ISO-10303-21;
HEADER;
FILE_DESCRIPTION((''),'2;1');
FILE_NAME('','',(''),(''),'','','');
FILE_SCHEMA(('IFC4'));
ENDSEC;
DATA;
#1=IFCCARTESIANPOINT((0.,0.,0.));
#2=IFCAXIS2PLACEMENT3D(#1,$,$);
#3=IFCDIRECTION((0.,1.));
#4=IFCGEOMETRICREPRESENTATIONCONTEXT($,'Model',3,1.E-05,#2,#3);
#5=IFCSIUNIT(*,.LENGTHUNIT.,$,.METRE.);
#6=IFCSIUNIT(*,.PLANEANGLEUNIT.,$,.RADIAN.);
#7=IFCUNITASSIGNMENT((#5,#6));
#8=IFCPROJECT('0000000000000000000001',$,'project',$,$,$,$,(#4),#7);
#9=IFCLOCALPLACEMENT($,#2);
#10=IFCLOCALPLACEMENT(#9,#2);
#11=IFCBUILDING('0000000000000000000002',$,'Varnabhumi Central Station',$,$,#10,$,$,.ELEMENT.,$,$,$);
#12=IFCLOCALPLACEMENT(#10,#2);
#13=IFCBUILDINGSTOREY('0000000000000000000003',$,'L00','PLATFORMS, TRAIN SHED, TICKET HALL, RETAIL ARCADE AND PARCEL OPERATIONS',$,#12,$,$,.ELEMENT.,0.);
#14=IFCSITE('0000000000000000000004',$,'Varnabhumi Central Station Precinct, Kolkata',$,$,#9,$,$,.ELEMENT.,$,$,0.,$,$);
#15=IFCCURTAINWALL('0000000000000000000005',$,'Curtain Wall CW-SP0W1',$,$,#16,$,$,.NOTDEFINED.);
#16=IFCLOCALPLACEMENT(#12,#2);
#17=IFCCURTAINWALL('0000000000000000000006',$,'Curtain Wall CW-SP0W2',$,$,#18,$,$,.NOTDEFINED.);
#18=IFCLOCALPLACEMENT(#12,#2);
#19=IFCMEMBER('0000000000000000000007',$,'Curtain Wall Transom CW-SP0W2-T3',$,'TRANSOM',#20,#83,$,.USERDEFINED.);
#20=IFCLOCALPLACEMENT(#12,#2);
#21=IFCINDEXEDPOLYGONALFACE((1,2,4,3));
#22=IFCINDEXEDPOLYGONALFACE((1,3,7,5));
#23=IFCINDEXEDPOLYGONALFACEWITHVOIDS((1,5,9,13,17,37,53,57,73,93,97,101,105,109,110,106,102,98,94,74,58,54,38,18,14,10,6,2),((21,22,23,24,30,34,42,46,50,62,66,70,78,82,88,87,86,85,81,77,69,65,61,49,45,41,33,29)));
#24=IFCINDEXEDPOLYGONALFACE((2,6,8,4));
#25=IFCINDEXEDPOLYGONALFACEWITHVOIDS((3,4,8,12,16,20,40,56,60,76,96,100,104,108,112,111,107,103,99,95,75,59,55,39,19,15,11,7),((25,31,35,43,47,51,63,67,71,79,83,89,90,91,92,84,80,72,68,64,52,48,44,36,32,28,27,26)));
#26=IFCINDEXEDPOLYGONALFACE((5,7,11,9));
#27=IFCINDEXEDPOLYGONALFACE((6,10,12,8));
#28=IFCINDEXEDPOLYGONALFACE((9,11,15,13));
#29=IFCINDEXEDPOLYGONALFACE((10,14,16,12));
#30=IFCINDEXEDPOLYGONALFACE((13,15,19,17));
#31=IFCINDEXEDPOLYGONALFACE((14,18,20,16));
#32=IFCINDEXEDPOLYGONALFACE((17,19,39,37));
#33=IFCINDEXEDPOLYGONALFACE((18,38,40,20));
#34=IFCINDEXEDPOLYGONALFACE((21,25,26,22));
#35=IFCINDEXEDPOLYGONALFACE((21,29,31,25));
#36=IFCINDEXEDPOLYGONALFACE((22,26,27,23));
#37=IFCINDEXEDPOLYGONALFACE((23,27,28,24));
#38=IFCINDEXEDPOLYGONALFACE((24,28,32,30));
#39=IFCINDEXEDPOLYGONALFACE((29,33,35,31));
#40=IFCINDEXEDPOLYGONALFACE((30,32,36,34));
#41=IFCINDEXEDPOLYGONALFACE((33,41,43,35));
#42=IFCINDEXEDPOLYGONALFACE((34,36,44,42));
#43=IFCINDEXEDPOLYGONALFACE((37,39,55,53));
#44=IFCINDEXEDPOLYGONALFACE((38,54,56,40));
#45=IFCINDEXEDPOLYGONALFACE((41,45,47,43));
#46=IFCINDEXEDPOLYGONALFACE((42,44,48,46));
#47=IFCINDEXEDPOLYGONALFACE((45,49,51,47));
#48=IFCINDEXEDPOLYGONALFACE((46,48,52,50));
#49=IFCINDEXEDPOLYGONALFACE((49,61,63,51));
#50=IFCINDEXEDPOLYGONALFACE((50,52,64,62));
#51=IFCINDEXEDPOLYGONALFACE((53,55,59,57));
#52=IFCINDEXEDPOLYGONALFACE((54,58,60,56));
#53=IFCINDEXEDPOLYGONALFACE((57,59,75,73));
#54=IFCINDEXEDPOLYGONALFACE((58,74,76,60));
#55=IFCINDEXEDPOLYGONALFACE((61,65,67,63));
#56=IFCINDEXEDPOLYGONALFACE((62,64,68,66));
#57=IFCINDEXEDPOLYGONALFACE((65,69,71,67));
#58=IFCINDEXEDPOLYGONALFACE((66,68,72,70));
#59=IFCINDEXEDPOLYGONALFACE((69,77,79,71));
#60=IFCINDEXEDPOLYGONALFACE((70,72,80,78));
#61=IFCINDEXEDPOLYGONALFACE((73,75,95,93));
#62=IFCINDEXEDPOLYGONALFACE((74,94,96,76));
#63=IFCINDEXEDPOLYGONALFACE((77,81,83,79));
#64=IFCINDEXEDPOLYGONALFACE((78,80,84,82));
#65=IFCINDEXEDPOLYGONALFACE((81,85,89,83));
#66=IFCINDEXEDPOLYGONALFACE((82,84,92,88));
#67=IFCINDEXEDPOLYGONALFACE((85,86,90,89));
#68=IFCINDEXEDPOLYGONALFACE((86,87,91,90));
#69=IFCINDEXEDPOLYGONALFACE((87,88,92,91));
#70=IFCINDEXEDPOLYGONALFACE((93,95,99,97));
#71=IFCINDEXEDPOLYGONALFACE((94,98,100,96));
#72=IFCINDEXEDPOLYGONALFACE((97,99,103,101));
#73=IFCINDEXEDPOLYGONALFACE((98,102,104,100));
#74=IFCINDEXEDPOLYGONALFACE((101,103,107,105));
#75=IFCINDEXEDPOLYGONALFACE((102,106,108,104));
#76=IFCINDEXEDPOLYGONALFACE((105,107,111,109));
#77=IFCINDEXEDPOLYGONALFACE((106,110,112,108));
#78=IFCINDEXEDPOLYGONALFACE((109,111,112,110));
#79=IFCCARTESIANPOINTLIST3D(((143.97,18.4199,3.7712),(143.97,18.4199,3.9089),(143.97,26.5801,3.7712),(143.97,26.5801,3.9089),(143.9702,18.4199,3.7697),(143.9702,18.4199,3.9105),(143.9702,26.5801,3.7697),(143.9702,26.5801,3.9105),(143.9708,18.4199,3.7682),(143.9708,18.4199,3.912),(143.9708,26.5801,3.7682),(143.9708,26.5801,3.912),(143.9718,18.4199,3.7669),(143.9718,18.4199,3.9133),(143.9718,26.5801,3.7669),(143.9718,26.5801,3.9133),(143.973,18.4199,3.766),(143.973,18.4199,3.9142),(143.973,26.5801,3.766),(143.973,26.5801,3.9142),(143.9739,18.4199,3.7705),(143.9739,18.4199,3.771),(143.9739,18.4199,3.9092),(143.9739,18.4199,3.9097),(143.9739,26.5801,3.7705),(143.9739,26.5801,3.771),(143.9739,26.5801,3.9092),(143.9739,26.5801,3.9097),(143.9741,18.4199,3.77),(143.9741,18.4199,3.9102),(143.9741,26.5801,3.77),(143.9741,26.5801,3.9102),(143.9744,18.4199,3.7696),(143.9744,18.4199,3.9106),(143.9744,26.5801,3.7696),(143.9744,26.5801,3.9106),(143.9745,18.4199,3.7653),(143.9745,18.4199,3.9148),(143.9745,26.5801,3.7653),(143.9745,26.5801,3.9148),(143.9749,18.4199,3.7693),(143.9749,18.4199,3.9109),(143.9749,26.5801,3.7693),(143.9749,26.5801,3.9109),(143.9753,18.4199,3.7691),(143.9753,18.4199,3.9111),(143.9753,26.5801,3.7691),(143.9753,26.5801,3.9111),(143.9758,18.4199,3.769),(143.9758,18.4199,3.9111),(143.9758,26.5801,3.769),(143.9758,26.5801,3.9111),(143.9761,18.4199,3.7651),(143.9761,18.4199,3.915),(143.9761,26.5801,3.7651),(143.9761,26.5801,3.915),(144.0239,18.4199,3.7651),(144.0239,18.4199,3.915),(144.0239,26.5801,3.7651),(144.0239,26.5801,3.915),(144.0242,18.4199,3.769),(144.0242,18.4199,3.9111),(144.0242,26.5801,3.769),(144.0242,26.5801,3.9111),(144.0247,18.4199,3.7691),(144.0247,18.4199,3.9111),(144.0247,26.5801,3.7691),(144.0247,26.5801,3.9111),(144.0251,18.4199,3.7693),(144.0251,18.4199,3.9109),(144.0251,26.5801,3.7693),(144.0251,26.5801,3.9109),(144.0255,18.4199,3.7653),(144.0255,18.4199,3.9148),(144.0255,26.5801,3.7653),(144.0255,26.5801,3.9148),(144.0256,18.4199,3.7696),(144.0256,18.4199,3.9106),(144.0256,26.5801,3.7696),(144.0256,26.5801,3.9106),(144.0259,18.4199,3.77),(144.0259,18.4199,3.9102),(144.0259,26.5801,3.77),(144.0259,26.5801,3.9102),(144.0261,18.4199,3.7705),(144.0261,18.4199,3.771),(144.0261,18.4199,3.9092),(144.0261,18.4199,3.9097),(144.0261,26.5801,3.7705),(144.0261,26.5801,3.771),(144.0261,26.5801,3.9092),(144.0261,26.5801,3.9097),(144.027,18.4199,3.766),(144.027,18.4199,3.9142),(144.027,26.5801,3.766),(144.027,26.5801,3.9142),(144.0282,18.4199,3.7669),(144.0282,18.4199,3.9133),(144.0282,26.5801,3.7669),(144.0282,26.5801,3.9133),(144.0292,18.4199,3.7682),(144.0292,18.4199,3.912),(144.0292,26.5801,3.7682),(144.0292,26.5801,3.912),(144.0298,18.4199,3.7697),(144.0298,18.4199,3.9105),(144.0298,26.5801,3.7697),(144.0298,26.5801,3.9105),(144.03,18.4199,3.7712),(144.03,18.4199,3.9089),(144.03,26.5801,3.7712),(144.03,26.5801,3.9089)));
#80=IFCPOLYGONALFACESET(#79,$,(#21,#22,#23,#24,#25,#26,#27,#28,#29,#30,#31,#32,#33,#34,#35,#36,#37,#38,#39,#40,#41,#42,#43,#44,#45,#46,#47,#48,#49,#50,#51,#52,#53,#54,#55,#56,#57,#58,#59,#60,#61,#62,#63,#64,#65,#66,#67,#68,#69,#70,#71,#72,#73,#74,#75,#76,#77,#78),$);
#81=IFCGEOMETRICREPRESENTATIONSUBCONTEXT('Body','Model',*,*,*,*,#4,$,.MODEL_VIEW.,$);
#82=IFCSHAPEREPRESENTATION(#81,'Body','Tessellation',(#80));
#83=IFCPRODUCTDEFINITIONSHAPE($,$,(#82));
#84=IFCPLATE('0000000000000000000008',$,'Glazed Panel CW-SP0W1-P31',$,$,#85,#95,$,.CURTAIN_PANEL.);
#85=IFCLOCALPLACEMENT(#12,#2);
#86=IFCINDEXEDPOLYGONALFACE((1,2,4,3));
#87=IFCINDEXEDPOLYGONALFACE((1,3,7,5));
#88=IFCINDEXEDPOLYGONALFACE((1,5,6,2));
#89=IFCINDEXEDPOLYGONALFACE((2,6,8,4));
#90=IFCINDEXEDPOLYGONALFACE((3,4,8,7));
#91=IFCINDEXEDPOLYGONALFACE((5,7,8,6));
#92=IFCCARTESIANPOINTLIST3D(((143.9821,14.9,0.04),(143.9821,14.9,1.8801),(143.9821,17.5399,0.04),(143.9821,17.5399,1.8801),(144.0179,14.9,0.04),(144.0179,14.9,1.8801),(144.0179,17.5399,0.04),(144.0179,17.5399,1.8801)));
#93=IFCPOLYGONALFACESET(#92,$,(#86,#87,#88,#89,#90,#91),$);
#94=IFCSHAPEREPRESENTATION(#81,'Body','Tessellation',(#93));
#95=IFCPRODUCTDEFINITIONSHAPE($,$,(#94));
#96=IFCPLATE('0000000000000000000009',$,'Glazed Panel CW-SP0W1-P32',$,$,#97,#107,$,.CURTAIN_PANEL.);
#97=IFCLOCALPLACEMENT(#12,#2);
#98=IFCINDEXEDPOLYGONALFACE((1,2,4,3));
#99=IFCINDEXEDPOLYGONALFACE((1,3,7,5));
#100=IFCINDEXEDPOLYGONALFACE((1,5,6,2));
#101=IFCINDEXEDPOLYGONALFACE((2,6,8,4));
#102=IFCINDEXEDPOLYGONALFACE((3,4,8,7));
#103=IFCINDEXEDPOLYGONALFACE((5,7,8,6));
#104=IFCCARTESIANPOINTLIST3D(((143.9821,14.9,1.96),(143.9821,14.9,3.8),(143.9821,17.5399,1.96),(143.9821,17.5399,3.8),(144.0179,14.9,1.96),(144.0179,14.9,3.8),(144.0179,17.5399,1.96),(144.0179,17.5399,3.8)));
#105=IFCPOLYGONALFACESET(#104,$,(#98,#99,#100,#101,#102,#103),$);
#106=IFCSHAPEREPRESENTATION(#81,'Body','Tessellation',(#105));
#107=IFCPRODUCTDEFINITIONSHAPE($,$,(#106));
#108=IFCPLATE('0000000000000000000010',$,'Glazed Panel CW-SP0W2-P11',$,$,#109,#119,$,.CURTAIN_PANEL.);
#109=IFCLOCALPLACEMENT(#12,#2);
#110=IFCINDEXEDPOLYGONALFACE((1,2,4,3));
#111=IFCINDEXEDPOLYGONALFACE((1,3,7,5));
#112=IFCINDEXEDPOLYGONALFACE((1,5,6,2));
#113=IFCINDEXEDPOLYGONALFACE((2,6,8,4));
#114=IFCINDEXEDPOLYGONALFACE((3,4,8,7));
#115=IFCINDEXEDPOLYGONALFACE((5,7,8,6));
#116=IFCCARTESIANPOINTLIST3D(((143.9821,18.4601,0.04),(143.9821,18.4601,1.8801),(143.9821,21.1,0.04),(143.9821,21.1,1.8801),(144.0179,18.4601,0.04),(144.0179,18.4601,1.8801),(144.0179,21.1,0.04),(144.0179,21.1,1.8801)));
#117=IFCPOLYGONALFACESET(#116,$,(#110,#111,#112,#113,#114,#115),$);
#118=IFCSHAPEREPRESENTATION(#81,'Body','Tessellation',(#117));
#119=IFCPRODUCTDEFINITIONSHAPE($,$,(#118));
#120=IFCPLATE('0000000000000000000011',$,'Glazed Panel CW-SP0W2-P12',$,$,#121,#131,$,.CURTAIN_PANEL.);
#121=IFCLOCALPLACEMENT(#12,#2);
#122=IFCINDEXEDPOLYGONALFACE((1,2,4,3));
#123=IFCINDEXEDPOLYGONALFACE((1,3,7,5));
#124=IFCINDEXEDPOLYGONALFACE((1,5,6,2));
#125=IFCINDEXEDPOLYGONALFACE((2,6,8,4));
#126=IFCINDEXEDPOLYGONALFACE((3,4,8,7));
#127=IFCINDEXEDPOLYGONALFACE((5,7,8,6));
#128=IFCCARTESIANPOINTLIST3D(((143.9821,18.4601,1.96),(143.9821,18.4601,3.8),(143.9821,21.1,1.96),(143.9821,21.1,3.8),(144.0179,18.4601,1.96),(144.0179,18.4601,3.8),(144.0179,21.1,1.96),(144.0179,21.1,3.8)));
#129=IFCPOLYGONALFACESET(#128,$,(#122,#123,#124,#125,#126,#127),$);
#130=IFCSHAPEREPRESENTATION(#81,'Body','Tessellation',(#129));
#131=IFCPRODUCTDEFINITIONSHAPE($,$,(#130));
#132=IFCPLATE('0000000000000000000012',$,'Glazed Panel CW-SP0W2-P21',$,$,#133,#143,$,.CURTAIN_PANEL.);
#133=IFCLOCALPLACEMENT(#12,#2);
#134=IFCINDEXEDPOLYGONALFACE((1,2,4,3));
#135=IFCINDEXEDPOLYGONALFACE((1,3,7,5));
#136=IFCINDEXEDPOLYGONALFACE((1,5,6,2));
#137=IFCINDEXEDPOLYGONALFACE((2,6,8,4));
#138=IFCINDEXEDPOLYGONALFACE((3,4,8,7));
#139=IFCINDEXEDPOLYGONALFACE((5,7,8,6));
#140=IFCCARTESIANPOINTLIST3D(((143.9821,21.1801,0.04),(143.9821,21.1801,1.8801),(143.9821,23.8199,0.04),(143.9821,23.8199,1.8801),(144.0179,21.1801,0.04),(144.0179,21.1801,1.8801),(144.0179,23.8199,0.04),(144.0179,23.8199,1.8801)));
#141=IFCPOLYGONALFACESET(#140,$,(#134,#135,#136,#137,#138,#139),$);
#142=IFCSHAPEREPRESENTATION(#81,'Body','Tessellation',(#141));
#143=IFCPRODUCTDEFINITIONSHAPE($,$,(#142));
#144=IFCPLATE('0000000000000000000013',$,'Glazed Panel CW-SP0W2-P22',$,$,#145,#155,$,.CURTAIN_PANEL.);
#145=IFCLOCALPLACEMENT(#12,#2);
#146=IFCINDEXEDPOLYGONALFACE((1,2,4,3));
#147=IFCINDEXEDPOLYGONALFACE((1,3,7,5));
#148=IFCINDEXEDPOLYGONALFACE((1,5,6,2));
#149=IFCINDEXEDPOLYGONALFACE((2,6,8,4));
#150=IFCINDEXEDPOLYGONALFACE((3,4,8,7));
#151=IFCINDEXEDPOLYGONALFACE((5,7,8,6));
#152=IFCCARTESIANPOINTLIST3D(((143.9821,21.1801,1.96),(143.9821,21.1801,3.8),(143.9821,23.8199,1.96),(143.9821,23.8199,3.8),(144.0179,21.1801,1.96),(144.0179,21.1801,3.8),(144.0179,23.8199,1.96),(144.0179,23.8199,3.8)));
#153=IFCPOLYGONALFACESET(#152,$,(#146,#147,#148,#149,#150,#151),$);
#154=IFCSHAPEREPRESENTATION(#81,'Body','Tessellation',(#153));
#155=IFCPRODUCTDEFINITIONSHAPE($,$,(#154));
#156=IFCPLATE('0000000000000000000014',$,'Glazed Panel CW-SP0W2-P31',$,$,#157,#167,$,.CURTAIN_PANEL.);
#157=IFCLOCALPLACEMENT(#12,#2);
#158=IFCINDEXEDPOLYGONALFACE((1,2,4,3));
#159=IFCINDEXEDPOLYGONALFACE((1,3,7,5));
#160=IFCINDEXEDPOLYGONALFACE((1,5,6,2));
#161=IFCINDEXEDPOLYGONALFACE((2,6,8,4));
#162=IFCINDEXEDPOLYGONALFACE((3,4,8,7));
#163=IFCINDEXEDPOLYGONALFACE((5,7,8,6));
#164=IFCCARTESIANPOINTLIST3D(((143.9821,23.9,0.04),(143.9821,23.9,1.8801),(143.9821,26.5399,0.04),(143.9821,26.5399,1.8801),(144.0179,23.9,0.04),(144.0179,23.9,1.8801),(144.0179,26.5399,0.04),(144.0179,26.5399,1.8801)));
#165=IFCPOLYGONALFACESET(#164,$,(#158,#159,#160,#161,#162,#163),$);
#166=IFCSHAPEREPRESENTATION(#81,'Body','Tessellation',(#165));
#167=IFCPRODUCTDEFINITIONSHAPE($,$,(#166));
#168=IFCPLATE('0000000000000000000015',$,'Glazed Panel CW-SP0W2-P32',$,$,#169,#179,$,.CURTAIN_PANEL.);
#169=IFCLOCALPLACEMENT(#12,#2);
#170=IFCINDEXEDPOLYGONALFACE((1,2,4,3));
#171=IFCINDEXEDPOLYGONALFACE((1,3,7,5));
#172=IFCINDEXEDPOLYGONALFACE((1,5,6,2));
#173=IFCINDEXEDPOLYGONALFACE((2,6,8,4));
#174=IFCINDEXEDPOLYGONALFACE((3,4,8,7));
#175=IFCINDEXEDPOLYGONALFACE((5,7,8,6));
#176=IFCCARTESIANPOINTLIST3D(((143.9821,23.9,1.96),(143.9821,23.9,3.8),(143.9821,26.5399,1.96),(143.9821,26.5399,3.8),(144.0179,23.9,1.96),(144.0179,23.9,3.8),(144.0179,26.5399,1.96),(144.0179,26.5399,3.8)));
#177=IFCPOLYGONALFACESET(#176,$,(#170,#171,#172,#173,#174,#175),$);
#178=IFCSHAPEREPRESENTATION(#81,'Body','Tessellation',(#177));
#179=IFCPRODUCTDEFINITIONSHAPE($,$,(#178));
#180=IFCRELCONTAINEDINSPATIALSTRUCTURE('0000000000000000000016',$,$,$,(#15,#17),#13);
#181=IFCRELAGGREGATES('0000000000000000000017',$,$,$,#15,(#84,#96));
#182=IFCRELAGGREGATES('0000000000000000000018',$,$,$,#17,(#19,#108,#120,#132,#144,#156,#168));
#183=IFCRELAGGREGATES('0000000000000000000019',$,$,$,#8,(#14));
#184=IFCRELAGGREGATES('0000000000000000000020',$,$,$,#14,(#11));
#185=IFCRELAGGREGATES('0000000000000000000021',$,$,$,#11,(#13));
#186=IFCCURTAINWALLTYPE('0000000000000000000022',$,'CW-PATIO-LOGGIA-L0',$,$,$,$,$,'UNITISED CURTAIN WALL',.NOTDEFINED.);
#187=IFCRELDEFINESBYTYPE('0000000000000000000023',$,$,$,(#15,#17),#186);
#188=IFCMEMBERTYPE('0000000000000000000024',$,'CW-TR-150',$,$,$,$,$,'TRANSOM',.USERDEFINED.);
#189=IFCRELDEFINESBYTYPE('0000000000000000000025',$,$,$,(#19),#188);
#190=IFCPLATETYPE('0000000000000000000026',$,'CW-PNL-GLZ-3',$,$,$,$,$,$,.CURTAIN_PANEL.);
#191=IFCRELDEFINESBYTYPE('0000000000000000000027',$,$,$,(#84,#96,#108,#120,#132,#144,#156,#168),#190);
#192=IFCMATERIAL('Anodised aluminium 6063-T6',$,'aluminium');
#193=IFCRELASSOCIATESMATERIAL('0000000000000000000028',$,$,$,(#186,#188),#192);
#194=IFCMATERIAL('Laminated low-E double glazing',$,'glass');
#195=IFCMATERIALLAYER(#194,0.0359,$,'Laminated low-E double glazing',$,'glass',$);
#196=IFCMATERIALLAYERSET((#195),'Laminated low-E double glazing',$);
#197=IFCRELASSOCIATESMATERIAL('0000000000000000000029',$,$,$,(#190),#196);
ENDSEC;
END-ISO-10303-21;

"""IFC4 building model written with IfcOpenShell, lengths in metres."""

from ifc_helpers import new_model, si_unit, direction, frame, origin, origin_2d, place, context, subcontext, project, spatial, rectangle, hollow_rectangle, extrude, material, layer, layer_set, material_profile, profile_set, type_object, element, aggregate, save


model = new_model("IFC4")

# Units and contexts
model_context = context("Model", 3, precision=1e-05, world=origin(), true_north=direction((0.0, 1.0)))
body_context = subcontext(model_context, "Body", "Model", "MODEL_VIEW")
ifc_project = project(units=[si_unit("LENGTHUNIT", "METRE"), si_unit("PLANEANGLEUNIT", "RADIAN")], contexts=[model_context])

# Site, building, storey
site_placement = place(None, origin())
site = spatial("IfcSite", under=ifc_project, at=site_placement, Name="Varnabhumi Central Station Precinct, Kolkata", CompositionType="ELEMENT", RefElevation=0.0)
building_placement = place(site_placement, origin())
building = spatial("IfcBuilding", under=site, at=building_placement, Name="Varnabhumi Central Station", CompositionType="ELEMENT")
storey_placement = place(building_placement, origin())
storey = spatial("IfcBuildingStorey", under=building, at=storey_placement, Name="L00", Description="PLATFORMS, TRAIN SHED, TICKET HALL, RETAIL ARCADE AND PARCEL OPERATIONS", CompositionType="ELEMENT", Elevation=0.0)

# Curtain wall
ifc_material_1 = material(Name="Anodised aluminium 6063-T6", Category="aluminium")
curtain_wall_type = type_object("IfcCurtainWallType", Name="CW-PATIO-LOGGIA-L0", ElementType="UNITISED CURTAIN WALL", PredefinedType="NOTDEFINED", material=ifc_material_1)
curtain_wall_1_placement = place(storey_placement, origin())
curtain_wall_1 = element("IfcCurtainWall", 1, at=curtain_wall_1_placement, inside=storey, type_object=curtain_wall_type, Name="Curtain Wall CW-SP0W1", PredefinedType="NOTDEFINED")

# Curtain wall, member
curtain_wall_2_placement = place(storey_placement, origin())
curtain_wall_2 = element("IfcCurtainWall", 2, at=curtain_wall_2_placement, inside=storey, type_object=curtain_wall_type, Name="Curtain Wall CW-SP0W2", PredefinedType="NOTDEFINED")
ifc_material_profile_1 = material_profile(ifc_material_1, hollow_rectangle(XDim=0.0601, YDim=0.1499, WallThickness=0.0039, InnerFilletRadius=0.002, OuterFilletRadius=0.0061, at=origin_2d()), Name="Anodised aluminium 6063-T6", Category="aluminium")
ifc_profile_set_1 = profile_set([ifc_material_profile_1], Name="Anodised aluminium 6063-T6")
member_type_1 = type_object("IfcMemberType", Name="CW-TR-150", ElementType="TRANSOM", PredefinedType="USERDEFINED", material=ifc_profile_set_1)
member_1_placement = place(storey_placement, frame((144.0, 18.4199, 3.8401), z_axis=(0.0, 1.0, 0.0), x_axis=(-1.0, 0.0, 0.0)))
member_1 = element("IfcMember", 3, at=member_1_placement, type_object=member_type_1, Name="Curtain Wall Transom CW-SP0W2-T3", ObjectType="TRANSOM", PredefinedType="USERDEFINED", context=body_context, shape_type="SweptSolid", body=[
    extrude(hollow_rectangle(XDim=0.0601, YDim=0.1499, WallThickness=0.0039, InnerFilletRadius=0.002, OuterFilletRadius=0.0061, at=origin_2d()), origin(), (0.0, 0.0, 1.0), 8.1602),
])

# Plates
ifc_material_2 = material(Name="Laminated low-E double glazing", Category="glass")
ifc_layer_1 = layer(ifc_material_2, 0.0359, Name="Laminated low-E double glazing", Category="glass")
ifc_layer_set_1 = layer_set([ifc_layer_1], Name="Laminated low-E double glazing")
plate_type = type_object("IfcPlateType", Name="CW-PNL-GLZ-3", PredefinedType="CURTAIN_PANEL", material=ifc_layer_set_1)
plate_1_placement = place(storey_placement, frame((144.0, 16.22, 0.04), z_axis=(0.0, 0.0, 1.0), x_axis=(0.0, 1.0, 0.0)))
plate_1 = element("IfcPlate", 4, at=plate_1_placement, type_object=plate_type, Name="Glazed Panel CW-SP0W1-P31", PredefinedType="CURTAIN_PANEL", context=body_context, shape_type="SweptSolid", body=[
    extrude(rectangle(XDim=2.6399, YDim=0.0359, at=origin_2d()), origin(), (0.0, 0.0, 1.0), 1.8401),
])
plate_2_placement = place(storey_placement, frame((144.0, 16.22, 1.96), z_axis=(0.0, 0.0, 1.0), x_axis=(0.0, 1.0, 0.0)))
plate_2 = element("IfcPlate", 5, at=plate_2_placement, type_object=plate_type, Name="Glazed Panel CW-SP0W1-P32", PredefinedType="CURTAIN_PANEL", context=body_context, shape_type="SweptSolid", body=[
    extrude(rectangle(XDim=2.6399, YDim=0.0359, at=origin_2d()), origin(), (0.0, 0.0, 1.0), 1.8401),
])
aggregate(curtain_wall_1, [plate_1, plate_2])
plate_3_placement = place(storey_placement, frame((144.0, 19.78, 0.04), z_axis=(0.0, 0.0, 1.0), x_axis=(0.0, 1.0, 0.0)))
plate_3 = element("IfcPlate", 6, at=plate_3_placement, type_object=plate_type, Name="Glazed Panel CW-SP0W2-P11", PredefinedType="CURTAIN_PANEL", context=body_context, shape_type="SweptSolid", body=[
    extrude(rectangle(XDim=2.6399, YDim=0.0359, at=origin_2d()), origin(), (0.0, 0.0, 1.0), 1.8401),
])
plate_4_placement = place(storey_placement, frame((144.0, 19.78, 1.96), z_axis=(0.0, 0.0, 1.0), x_axis=(0.0, 1.0, 0.0)))
plate_4 = element("IfcPlate", 7, at=plate_4_placement, type_object=plate_type, Name="Glazed Panel CW-SP0W2-P12", PredefinedType="CURTAIN_PANEL", context=body_context, shape_type="SweptSolid", body=[
    extrude(rectangle(XDim=2.6399, YDim=0.0359, at=origin_2d()), origin(), (0.0, 0.0, 1.0), 1.8401),
])
plate_5_placement = place(storey_placement, frame((144.0, 22.5, 0.04), z_axis=(0.0, 0.0, 1.0), x_axis=(0.0, 1.0, 0.0)))
plate_5 = element("IfcPlate", 8, at=plate_5_placement, type_object=plate_type, Name="Glazed Panel CW-SP0W2-P21", PredefinedType="CURTAIN_PANEL", context=body_context, shape_type="SweptSolid", body=[
    extrude(rectangle(XDim=2.6399, YDim=0.0359, at=origin_2d()), origin(), (0.0, 0.0, 1.0), 1.8401),
])
plate_6_placement = place(storey_placement, frame((144.0, 22.5, 1.96), z_axis=(0.0, 0.0, 1.0), x_axis=(0.0, 1.0, 0.0)))
plate_6 = element("IfcPlate", 9, at=plate_6_placement, type_object=plate_type, Name="Glazed Panel CW-SP0W2-P22", PredefinedType="CURTAIN_PANEL", context=body_context, shape_type="SweptSolid", body=[
    extrude(rectangle(XDim=2.6399, YDim=0.0359, at=origin_2d()), origin(), (0.0, 0.0, 1.0), 1.8401),
])
plate_7_placement = place(storey_placement, frame((144.0, 25.22, 0.04), z_axis=(0.0, 0.0, 1.0), x_axis=(0.0, 1.0, 0.0)))
plate_7 = element("IfcPlate", 10, at=plate_7_placement, type_object=plate_type, Name="Glazed Panel CW-SP0W2-P31", PredefinedType="CURTAIN_PANEL", context=body_context, shape_type="SweptSolid", body=[
    extrude(rectangle(XDim=2.6399, YDim=0.0359, at=origin_2d()), origin(), (0.0, 0.0, 1.0), 1.8401),
])
plate_8_placement = place(storey_placement, frame((144.0, 25.22, 1.96), z_axis=(0.0, 0.0, 1.0), x_axis=(0.0, 1.0, 0.0)))
plate_8 = element("IfcPlate", 11, at=plate_8_placement, type_object=plate_type, Name="Glazed Panel CW-SP0W2-P32", PredefinedType="CURTAIN_PANEL", context=body_context, shape_type="SweptSolid", body=[
    extrude(rectangle(XDim=2.6399, YDim=0.0359, at=origin_2d()), origin(), (0.0, 0.0, 1.0), 1.8401),
])
aggregate(curtain_wall_2, [member_1, plate_3, plate_4, plate_5, plate_6, plate_7, plate_8])

save(model, "model.ifc")
